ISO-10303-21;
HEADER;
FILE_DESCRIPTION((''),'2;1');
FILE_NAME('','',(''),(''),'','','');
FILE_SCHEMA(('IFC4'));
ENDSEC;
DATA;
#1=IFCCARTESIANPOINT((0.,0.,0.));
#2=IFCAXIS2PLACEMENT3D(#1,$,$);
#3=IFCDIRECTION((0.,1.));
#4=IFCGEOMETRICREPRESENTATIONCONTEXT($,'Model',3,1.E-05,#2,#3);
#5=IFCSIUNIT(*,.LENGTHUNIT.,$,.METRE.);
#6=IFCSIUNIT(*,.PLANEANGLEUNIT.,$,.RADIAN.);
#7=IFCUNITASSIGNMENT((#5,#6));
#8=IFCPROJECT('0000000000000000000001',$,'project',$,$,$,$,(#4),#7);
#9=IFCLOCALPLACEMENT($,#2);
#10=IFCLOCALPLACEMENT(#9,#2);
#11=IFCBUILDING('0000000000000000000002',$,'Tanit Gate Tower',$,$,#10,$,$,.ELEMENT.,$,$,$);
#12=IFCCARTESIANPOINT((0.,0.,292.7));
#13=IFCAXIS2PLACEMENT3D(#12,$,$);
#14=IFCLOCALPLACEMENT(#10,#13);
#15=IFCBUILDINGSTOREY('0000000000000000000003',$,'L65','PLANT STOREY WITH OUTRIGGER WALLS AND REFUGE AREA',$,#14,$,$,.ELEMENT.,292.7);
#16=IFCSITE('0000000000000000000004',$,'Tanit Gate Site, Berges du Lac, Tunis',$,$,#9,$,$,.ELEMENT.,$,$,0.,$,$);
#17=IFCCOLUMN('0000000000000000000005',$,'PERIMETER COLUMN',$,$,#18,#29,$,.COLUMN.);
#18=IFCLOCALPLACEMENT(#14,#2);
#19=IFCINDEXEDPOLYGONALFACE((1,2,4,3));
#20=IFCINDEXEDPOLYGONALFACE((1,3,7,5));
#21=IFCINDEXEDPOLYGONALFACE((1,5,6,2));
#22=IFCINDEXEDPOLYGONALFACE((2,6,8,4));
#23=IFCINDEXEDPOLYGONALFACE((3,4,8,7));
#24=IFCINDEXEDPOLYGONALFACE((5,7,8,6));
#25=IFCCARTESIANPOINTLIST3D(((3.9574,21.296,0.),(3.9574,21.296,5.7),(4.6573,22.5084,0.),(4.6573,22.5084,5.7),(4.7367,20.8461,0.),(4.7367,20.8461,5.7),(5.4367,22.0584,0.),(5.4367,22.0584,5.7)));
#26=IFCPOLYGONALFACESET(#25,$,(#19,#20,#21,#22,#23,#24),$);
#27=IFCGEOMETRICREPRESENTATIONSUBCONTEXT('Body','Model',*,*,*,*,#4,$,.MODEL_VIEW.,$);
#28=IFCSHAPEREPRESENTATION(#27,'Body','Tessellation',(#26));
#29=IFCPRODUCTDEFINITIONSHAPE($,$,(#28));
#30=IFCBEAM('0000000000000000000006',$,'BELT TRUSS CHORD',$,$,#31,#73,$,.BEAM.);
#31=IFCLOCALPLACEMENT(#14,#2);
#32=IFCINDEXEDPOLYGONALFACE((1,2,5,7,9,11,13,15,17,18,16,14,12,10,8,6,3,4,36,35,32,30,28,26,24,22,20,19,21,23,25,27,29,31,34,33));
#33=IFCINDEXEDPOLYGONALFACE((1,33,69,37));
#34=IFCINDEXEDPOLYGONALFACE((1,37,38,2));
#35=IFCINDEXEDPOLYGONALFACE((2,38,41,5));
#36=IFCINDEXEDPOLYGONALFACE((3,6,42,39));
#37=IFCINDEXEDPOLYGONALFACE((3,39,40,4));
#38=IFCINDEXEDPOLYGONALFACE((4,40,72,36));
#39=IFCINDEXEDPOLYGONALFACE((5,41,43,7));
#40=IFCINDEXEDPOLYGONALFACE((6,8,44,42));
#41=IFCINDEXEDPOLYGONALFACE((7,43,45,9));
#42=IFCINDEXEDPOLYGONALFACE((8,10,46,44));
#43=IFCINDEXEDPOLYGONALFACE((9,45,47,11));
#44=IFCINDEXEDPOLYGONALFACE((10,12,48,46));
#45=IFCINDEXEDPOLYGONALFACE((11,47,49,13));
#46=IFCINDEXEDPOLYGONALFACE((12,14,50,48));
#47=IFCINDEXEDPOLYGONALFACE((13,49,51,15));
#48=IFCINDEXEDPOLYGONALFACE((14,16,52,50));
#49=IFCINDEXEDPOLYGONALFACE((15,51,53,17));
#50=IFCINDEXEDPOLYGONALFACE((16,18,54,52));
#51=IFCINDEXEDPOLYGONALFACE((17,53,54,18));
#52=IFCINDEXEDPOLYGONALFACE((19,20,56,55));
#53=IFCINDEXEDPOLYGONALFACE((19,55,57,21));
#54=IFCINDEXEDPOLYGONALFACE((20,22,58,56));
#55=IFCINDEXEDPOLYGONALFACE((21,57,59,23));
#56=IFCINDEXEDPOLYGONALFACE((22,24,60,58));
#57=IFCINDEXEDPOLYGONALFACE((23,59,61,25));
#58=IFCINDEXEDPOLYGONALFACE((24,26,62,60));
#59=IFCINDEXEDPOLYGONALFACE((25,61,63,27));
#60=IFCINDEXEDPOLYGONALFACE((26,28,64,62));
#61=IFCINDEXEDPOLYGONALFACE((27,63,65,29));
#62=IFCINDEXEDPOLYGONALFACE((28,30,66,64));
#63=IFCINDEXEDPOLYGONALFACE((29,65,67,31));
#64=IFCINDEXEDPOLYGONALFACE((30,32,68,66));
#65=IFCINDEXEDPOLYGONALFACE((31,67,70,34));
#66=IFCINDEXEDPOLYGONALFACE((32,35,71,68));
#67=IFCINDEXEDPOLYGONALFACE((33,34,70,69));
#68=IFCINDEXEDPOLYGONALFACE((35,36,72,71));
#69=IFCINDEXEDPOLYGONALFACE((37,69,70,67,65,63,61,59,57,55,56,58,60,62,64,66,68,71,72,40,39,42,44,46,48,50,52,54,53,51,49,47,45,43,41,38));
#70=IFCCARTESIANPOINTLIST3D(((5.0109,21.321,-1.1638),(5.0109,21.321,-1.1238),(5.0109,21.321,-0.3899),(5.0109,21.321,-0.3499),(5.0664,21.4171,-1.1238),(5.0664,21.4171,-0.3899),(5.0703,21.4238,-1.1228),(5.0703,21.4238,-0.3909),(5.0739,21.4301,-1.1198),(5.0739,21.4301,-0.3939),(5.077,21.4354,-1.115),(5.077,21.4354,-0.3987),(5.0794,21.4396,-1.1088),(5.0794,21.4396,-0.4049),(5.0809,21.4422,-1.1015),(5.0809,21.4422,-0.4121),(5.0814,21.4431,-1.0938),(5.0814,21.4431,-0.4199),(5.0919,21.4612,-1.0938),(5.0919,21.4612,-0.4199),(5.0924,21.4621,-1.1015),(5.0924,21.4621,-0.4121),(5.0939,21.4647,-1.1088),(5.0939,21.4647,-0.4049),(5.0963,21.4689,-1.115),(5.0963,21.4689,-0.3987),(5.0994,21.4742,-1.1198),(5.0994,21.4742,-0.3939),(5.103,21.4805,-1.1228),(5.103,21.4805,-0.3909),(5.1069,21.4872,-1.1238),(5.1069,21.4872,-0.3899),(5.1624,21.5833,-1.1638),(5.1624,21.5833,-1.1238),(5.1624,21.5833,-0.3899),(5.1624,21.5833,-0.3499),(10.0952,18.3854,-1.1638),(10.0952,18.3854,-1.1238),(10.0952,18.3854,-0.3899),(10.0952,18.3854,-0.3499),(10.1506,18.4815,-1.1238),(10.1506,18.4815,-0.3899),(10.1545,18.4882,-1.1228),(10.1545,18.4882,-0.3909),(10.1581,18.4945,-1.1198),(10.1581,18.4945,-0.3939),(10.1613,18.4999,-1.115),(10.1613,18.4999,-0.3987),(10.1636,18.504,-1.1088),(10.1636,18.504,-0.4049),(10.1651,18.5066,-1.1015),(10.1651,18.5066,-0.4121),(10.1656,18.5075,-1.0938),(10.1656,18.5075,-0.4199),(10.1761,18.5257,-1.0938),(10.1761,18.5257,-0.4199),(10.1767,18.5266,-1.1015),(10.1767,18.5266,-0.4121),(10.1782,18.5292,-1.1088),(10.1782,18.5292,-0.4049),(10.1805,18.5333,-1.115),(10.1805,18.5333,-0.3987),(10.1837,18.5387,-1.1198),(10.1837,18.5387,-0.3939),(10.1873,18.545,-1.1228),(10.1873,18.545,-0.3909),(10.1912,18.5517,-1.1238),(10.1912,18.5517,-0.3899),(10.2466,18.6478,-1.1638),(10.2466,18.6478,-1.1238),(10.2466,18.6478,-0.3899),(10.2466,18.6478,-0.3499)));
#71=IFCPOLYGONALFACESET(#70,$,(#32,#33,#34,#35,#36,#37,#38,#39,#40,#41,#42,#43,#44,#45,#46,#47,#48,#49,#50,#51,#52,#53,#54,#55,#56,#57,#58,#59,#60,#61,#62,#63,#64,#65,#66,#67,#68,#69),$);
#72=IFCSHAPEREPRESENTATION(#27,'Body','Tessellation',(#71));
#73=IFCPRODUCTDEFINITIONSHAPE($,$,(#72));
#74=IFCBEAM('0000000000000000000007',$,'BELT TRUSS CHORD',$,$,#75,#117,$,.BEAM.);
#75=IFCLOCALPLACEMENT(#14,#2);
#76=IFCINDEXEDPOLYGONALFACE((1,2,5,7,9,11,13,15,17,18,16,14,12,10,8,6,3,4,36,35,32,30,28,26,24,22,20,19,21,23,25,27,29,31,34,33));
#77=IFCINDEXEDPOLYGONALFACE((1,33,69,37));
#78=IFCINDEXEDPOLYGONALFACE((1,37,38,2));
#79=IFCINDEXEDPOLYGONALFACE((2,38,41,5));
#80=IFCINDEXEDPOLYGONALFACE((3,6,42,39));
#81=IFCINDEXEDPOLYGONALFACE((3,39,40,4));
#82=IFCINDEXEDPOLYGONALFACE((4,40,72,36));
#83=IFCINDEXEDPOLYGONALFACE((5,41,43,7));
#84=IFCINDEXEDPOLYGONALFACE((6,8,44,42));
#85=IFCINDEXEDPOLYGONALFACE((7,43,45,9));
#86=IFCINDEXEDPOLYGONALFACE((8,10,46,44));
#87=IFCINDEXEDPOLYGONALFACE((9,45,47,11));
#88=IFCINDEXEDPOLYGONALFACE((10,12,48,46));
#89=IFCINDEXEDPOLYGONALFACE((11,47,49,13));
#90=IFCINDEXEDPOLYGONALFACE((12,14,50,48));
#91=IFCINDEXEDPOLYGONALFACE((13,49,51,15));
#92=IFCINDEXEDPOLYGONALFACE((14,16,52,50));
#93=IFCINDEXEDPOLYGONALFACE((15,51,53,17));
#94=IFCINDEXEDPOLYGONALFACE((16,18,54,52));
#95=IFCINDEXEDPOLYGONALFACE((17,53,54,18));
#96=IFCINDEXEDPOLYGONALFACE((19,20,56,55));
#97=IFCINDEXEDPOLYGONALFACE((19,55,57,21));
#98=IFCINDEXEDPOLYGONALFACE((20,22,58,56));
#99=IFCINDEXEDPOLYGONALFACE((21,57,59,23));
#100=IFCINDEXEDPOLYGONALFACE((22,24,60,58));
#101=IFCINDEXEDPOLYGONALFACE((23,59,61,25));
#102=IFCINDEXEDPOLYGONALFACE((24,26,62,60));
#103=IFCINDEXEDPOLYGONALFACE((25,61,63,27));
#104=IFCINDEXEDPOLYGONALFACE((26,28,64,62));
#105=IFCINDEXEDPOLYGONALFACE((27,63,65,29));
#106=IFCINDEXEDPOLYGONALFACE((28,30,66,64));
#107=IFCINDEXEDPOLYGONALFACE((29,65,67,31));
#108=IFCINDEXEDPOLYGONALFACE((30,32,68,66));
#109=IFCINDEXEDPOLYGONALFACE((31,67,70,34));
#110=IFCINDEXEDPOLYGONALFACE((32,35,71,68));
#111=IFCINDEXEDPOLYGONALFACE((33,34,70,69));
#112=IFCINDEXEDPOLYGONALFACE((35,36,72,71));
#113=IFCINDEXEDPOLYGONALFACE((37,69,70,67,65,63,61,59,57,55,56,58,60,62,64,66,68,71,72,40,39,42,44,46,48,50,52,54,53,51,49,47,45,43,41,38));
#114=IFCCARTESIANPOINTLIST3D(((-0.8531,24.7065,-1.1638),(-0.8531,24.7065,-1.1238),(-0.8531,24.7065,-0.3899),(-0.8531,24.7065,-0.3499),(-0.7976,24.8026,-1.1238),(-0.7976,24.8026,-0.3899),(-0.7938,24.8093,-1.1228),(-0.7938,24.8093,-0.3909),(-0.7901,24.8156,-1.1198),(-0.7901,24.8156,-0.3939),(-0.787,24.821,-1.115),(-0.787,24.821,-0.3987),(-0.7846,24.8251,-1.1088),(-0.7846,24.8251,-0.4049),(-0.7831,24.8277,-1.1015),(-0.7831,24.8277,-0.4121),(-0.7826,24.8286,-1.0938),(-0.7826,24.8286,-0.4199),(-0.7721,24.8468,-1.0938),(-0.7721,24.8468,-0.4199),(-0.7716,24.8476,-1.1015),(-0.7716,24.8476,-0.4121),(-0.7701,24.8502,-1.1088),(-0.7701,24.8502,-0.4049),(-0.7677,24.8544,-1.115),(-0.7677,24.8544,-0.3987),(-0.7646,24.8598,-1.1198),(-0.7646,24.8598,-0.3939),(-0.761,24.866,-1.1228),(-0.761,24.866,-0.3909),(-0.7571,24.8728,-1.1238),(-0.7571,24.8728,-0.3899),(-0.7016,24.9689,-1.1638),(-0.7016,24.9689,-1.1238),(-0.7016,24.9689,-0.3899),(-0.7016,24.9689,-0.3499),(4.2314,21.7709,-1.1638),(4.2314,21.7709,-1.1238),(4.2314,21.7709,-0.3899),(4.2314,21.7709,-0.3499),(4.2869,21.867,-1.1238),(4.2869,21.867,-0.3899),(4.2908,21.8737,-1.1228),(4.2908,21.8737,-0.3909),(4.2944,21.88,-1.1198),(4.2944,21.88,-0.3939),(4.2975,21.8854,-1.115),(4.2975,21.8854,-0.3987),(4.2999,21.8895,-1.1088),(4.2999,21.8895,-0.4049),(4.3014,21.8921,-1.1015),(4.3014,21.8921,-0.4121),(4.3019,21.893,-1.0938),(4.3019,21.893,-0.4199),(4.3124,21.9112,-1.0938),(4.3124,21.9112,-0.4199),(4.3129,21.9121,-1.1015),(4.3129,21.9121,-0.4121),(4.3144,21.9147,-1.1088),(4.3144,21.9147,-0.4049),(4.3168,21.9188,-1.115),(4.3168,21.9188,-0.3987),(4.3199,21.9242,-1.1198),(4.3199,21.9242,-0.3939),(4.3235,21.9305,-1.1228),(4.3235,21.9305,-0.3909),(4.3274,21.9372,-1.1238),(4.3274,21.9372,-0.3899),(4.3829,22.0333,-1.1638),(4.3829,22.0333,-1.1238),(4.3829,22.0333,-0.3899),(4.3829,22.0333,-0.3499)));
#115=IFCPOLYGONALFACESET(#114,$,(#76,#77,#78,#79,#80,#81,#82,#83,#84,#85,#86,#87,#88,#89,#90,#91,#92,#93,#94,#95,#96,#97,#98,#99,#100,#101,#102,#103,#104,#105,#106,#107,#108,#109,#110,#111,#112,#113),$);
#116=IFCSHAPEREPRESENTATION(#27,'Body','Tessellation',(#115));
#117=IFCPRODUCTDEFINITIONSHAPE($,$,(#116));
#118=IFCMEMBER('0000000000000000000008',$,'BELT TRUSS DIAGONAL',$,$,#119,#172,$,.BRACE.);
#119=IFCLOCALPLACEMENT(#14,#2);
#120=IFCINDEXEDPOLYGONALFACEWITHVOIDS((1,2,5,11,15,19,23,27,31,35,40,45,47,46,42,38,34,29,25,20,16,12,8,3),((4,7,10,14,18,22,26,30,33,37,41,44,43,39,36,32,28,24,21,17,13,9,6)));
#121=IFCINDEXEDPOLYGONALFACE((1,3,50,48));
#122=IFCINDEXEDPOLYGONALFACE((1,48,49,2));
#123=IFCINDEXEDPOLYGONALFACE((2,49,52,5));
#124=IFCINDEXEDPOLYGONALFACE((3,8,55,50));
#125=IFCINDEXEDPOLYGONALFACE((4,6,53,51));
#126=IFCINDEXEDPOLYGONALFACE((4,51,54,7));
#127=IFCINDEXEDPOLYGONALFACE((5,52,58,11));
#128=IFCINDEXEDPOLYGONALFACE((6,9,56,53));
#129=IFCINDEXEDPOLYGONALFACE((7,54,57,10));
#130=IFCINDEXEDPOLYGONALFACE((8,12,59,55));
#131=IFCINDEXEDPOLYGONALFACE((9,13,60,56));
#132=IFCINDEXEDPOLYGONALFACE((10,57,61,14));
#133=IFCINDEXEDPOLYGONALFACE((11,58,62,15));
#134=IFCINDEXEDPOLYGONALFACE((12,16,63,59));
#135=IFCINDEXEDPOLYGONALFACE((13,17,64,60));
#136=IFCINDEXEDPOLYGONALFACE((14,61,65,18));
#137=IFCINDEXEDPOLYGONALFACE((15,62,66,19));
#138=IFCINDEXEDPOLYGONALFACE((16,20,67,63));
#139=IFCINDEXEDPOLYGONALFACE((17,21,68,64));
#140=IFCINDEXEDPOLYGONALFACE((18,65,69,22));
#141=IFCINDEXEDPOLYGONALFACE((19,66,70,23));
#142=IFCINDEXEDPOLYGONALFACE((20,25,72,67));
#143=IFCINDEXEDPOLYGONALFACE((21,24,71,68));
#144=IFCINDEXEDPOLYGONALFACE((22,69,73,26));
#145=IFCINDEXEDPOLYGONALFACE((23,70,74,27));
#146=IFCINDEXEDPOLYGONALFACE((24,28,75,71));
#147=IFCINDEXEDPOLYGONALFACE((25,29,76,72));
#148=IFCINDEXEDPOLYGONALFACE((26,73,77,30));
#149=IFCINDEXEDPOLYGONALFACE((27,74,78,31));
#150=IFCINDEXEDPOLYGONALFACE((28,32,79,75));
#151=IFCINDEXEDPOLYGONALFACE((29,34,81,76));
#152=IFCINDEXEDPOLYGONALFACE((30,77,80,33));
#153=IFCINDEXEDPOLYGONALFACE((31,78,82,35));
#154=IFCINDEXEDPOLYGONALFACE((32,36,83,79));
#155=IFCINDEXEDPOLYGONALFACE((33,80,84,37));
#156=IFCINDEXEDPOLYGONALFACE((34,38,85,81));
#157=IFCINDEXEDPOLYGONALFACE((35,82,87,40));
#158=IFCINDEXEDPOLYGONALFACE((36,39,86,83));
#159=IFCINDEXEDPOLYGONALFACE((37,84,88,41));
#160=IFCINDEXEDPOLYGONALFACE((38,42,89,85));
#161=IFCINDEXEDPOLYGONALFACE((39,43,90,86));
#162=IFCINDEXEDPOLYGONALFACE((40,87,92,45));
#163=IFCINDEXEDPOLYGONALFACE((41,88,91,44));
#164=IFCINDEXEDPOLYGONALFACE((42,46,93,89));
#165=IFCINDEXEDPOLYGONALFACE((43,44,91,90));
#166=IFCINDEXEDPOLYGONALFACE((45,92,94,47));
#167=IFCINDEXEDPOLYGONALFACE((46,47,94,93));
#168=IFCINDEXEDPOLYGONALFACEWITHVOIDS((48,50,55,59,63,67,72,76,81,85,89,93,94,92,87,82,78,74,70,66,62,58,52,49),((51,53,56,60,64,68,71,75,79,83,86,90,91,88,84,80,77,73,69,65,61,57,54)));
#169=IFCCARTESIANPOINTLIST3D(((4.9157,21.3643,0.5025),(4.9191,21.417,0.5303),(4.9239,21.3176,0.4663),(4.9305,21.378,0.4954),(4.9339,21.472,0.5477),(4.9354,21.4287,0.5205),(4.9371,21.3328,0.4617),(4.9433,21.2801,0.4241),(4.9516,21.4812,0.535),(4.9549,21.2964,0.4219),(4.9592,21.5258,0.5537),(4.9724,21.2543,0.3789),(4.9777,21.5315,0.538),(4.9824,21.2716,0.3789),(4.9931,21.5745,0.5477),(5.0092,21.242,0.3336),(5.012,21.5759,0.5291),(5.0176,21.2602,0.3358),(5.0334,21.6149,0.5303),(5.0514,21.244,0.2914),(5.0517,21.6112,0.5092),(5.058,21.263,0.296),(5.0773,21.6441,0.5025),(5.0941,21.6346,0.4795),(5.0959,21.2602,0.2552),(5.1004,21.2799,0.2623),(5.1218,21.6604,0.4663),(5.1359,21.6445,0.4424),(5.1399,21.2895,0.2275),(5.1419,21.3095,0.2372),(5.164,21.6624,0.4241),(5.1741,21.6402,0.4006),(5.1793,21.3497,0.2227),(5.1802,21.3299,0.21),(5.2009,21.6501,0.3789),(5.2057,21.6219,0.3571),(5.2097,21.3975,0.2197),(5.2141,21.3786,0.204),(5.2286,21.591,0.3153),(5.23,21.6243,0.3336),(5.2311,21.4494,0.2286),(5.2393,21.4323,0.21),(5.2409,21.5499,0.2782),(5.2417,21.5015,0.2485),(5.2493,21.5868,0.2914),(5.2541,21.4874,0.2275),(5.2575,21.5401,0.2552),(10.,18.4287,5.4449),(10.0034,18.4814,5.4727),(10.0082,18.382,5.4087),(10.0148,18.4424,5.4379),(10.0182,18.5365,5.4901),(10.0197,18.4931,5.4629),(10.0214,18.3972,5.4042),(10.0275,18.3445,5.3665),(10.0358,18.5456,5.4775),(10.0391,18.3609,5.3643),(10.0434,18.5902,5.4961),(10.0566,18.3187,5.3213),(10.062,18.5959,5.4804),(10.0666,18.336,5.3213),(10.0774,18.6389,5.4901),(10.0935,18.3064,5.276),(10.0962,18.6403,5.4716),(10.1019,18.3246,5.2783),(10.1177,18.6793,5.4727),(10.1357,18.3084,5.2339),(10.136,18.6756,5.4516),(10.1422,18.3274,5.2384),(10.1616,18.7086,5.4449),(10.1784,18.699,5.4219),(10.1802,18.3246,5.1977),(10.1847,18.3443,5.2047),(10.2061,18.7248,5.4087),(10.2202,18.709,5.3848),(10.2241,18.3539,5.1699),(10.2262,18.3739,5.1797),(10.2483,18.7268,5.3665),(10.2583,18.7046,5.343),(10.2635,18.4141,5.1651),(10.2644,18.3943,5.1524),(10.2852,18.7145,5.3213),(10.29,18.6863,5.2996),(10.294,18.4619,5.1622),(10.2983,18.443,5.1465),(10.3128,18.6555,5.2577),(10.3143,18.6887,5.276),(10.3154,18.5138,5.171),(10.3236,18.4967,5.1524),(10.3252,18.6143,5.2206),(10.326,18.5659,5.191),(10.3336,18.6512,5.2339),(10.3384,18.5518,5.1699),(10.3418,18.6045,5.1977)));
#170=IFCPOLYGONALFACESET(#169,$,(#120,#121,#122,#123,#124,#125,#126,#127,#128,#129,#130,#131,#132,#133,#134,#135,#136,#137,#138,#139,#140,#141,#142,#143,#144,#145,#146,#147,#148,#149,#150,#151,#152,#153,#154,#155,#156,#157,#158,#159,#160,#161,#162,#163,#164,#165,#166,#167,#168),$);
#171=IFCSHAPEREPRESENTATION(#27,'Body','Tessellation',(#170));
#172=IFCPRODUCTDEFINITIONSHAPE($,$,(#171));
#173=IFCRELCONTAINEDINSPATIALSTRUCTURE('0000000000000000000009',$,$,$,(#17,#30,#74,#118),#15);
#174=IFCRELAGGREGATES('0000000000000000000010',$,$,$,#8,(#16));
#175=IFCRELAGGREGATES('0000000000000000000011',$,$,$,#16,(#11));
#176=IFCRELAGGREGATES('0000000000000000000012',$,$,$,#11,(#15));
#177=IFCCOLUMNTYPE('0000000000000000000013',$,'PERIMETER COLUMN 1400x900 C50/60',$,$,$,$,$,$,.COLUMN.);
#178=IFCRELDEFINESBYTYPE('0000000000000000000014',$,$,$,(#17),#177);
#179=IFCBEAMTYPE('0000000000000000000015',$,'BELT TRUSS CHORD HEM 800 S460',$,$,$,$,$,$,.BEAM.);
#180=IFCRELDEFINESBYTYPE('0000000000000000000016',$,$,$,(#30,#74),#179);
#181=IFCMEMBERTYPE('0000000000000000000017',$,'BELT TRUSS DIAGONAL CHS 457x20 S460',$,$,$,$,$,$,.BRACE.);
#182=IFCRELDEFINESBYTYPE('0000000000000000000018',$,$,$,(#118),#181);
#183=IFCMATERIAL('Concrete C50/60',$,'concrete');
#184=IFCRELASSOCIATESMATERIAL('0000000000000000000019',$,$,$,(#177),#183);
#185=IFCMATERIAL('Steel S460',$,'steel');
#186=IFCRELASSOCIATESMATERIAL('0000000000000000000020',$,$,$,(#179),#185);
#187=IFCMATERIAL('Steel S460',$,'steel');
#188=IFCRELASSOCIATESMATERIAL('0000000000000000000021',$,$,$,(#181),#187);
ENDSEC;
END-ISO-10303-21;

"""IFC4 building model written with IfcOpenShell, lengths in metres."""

from ifc_helpers import new_model, si_unit, direction, frame, origin, origin_2d, place, context, subcontext, project, spatial, rectangle, hollow_circle, i_section, extrude, material, material_profile, profile_set, type_object, element, save


model = new_model("IFC4")

# Units and contexts
model_context = context("Model", 3, precision=1e-05, world=origin(), true_north=direction((0.0, 1.0)))
body_context = subcontext(model_context, "Body", "Model", "MODEL_VIEW")
ifc_project = project(units=[si_unit("LENGTHUNIT", "METRE"), si_unit("PLANEANGLEUNIT", "RADIAN")], contexts=[model_context])

# Site, building, storey
site_placement = place(None, origin())
site = spatial("IfcSite", under=ifc_project, at=site_placement, Name="Tanit Gate Site, Berges du Lac, Tunis", CompositionType="ELEMENT", RefElevation=0.0)
building_placement = place(site_placement, origin())
building = spatial("IfcBuilding", under=site, at=building_placement, Name="Tanit Gate Tower", CompositionType="ELEMENT")
storey_placement = place(building_placement, frame((0.0, 0.0, 292.7)))
storey = spatial("IfcBuildingStorey", under=building, at=storey_placement, Name="L65", Description="PLANT STOREY WITH OUTRIGGER WALLS AND REFUGE AREA", CompositionType="ELEMENT", Elevation=292.7)

# Column
ifc_material_1 = material(Name="Concrete C50/60", Category="concrete")
ifc_material_profile_1 = material_profile(ifc_material_1, rectangle(XDim=1.3999, YDim=0.8999, at=origin_2d()), Name="RC 1400x900")
ifc_profile_set_1 = profile_set([ifc_material_profile_1], Name="Concrete C50/60")
column_type = type_object("IfcColumnType", Name="PERIMETER COLUMN 1400x900 C50/60", PredefinedType="COLUMN", material=ifc_profile_set_1)
column_placement = place(storey_placement, frame((4.697, 21.6772, 0.0), z_axis=(0.0, 0.0, 1.0), x_axis=(0.5, 0.866025, 0.0)))
element("IfcColumn", 1, at=column_placement, inside=storey, type_object=column_type, Name="PERIMETER COLUMN", PredefinedType="COLUMN", context=body_context, shape_type="SweptSolid", body=[
    extrude(rectangle(XDim=1.3999, YDim=0.8999, at=origin_2d()), origin(), (0.0, 0.0, 1.0), 5.7),
])

# Beams
ifc_material_2 = material(Name="Steel S460", Category="steel")
ifc_material_profile_2 = material_profile(ifc_material_2, i_section(OverallWidth=0.303, OverallDepth=0.814, WebThickness=0.021, FlangeThickness=0.04, FilletRadius=0.03, at=origin_2d()), Name="HEM 800")
ifc_profile_set_2 = profile_set([ifc_material_profile_2], Name="Steel S460")
beam_type_1 = type_object("IfcBeamType", Name="BELT TRUSS CHORD HEM 800 S460", PredefinedType="BEAM", material=ifc_profile_set_2)
beam_1_placement = place(storey_placement, frame((10.1709, 18.5166, -0.7568), z_axis=(-0.866013, 0.500021, 0.0), x_axis=(-0.500021, -0.866013, 0.0)))
element("IfcBeam", 2, at=beam_1_placement, inside=storey, type_object=beam_type_1, Name="BELT TRUSS CHORD", PredefinedType="BEAM", context=body_context, shape_type="SweptSolid", body=[
    extrude(i_section(OverallWidth=0.303, OverallDepth=0.814, WebThickness=0.021, FlangeThickness=0.04, FilletRadius=0.03, at=origin_2d()), origin(), (0.0, 0.0, 1.0), 5.8708),
])
beam_2_placement = place(storey_placement, frame((4.3071, 21.9021, -0.7568), z_axis=(-0.866024, 0.500003, 0.0), x_axis=(-0.500003, -0.866024, 0.0)))
element("IfcBeam", 3, at=beam_2_placement, inside=storey, type_object=beam_type_1, Name="BELT TRUSS CHORD", PredefinedType="BEAM", context=body_context, shape_type="SweptSolid", body=[
    extrude(i_section(OverallWidth=0.303, OverallDepth=0.814, WebThickness=0.021, FlangeThickness=0.04, FilletRadius=0.03, at=origin_2d()), origin(), (0.0, 0.0, 1.0), 5.8711),
])

# Member
ifc_material_3 = material(Name="Steel S460", Category="steel")
ifc_material_profile_3 = material_profile(ifc_material_3, hollow_circle(Radius=0.2285, WallThickness=0.02, at=origin_2d()), Name="CHS 457x20")
ifc_profile_set_3 = profile_set([ifc_material_profile_3], Name="Steel S460")
member_type = type_object("IfcMemberType", Name="BELT TRUSS DIAGONAL CHS 457x20 S460", PredefinedType="BRACE", material=ifc_profile_set_3)
for number, where, z_axis, x_axis, name in (
    (4, (10.1709, 18.5166, 5.3213), (-0.662506, 0.38252, -0.644022), (-0.500021, -0.866013, 0.0), "BELT TRUSS DIAGONAL"),
):
    element("IfcMember", number, at=place(storey_placement, frame(where, z_axis=z_axis, x_axis=x_axis)), inside=storey, type_object=member_type, Name=name, PredefinedType="BRACE", context=body_context, shape_type="SweptSolid", body=[
        extrude(hollow_circle(Radius=0.2285, WallThickness=0.02, at=origin_2d()), origin(), (0.0, 0.0, 1.0), 7.6743),
    ])

save(model, "model.ifc")
